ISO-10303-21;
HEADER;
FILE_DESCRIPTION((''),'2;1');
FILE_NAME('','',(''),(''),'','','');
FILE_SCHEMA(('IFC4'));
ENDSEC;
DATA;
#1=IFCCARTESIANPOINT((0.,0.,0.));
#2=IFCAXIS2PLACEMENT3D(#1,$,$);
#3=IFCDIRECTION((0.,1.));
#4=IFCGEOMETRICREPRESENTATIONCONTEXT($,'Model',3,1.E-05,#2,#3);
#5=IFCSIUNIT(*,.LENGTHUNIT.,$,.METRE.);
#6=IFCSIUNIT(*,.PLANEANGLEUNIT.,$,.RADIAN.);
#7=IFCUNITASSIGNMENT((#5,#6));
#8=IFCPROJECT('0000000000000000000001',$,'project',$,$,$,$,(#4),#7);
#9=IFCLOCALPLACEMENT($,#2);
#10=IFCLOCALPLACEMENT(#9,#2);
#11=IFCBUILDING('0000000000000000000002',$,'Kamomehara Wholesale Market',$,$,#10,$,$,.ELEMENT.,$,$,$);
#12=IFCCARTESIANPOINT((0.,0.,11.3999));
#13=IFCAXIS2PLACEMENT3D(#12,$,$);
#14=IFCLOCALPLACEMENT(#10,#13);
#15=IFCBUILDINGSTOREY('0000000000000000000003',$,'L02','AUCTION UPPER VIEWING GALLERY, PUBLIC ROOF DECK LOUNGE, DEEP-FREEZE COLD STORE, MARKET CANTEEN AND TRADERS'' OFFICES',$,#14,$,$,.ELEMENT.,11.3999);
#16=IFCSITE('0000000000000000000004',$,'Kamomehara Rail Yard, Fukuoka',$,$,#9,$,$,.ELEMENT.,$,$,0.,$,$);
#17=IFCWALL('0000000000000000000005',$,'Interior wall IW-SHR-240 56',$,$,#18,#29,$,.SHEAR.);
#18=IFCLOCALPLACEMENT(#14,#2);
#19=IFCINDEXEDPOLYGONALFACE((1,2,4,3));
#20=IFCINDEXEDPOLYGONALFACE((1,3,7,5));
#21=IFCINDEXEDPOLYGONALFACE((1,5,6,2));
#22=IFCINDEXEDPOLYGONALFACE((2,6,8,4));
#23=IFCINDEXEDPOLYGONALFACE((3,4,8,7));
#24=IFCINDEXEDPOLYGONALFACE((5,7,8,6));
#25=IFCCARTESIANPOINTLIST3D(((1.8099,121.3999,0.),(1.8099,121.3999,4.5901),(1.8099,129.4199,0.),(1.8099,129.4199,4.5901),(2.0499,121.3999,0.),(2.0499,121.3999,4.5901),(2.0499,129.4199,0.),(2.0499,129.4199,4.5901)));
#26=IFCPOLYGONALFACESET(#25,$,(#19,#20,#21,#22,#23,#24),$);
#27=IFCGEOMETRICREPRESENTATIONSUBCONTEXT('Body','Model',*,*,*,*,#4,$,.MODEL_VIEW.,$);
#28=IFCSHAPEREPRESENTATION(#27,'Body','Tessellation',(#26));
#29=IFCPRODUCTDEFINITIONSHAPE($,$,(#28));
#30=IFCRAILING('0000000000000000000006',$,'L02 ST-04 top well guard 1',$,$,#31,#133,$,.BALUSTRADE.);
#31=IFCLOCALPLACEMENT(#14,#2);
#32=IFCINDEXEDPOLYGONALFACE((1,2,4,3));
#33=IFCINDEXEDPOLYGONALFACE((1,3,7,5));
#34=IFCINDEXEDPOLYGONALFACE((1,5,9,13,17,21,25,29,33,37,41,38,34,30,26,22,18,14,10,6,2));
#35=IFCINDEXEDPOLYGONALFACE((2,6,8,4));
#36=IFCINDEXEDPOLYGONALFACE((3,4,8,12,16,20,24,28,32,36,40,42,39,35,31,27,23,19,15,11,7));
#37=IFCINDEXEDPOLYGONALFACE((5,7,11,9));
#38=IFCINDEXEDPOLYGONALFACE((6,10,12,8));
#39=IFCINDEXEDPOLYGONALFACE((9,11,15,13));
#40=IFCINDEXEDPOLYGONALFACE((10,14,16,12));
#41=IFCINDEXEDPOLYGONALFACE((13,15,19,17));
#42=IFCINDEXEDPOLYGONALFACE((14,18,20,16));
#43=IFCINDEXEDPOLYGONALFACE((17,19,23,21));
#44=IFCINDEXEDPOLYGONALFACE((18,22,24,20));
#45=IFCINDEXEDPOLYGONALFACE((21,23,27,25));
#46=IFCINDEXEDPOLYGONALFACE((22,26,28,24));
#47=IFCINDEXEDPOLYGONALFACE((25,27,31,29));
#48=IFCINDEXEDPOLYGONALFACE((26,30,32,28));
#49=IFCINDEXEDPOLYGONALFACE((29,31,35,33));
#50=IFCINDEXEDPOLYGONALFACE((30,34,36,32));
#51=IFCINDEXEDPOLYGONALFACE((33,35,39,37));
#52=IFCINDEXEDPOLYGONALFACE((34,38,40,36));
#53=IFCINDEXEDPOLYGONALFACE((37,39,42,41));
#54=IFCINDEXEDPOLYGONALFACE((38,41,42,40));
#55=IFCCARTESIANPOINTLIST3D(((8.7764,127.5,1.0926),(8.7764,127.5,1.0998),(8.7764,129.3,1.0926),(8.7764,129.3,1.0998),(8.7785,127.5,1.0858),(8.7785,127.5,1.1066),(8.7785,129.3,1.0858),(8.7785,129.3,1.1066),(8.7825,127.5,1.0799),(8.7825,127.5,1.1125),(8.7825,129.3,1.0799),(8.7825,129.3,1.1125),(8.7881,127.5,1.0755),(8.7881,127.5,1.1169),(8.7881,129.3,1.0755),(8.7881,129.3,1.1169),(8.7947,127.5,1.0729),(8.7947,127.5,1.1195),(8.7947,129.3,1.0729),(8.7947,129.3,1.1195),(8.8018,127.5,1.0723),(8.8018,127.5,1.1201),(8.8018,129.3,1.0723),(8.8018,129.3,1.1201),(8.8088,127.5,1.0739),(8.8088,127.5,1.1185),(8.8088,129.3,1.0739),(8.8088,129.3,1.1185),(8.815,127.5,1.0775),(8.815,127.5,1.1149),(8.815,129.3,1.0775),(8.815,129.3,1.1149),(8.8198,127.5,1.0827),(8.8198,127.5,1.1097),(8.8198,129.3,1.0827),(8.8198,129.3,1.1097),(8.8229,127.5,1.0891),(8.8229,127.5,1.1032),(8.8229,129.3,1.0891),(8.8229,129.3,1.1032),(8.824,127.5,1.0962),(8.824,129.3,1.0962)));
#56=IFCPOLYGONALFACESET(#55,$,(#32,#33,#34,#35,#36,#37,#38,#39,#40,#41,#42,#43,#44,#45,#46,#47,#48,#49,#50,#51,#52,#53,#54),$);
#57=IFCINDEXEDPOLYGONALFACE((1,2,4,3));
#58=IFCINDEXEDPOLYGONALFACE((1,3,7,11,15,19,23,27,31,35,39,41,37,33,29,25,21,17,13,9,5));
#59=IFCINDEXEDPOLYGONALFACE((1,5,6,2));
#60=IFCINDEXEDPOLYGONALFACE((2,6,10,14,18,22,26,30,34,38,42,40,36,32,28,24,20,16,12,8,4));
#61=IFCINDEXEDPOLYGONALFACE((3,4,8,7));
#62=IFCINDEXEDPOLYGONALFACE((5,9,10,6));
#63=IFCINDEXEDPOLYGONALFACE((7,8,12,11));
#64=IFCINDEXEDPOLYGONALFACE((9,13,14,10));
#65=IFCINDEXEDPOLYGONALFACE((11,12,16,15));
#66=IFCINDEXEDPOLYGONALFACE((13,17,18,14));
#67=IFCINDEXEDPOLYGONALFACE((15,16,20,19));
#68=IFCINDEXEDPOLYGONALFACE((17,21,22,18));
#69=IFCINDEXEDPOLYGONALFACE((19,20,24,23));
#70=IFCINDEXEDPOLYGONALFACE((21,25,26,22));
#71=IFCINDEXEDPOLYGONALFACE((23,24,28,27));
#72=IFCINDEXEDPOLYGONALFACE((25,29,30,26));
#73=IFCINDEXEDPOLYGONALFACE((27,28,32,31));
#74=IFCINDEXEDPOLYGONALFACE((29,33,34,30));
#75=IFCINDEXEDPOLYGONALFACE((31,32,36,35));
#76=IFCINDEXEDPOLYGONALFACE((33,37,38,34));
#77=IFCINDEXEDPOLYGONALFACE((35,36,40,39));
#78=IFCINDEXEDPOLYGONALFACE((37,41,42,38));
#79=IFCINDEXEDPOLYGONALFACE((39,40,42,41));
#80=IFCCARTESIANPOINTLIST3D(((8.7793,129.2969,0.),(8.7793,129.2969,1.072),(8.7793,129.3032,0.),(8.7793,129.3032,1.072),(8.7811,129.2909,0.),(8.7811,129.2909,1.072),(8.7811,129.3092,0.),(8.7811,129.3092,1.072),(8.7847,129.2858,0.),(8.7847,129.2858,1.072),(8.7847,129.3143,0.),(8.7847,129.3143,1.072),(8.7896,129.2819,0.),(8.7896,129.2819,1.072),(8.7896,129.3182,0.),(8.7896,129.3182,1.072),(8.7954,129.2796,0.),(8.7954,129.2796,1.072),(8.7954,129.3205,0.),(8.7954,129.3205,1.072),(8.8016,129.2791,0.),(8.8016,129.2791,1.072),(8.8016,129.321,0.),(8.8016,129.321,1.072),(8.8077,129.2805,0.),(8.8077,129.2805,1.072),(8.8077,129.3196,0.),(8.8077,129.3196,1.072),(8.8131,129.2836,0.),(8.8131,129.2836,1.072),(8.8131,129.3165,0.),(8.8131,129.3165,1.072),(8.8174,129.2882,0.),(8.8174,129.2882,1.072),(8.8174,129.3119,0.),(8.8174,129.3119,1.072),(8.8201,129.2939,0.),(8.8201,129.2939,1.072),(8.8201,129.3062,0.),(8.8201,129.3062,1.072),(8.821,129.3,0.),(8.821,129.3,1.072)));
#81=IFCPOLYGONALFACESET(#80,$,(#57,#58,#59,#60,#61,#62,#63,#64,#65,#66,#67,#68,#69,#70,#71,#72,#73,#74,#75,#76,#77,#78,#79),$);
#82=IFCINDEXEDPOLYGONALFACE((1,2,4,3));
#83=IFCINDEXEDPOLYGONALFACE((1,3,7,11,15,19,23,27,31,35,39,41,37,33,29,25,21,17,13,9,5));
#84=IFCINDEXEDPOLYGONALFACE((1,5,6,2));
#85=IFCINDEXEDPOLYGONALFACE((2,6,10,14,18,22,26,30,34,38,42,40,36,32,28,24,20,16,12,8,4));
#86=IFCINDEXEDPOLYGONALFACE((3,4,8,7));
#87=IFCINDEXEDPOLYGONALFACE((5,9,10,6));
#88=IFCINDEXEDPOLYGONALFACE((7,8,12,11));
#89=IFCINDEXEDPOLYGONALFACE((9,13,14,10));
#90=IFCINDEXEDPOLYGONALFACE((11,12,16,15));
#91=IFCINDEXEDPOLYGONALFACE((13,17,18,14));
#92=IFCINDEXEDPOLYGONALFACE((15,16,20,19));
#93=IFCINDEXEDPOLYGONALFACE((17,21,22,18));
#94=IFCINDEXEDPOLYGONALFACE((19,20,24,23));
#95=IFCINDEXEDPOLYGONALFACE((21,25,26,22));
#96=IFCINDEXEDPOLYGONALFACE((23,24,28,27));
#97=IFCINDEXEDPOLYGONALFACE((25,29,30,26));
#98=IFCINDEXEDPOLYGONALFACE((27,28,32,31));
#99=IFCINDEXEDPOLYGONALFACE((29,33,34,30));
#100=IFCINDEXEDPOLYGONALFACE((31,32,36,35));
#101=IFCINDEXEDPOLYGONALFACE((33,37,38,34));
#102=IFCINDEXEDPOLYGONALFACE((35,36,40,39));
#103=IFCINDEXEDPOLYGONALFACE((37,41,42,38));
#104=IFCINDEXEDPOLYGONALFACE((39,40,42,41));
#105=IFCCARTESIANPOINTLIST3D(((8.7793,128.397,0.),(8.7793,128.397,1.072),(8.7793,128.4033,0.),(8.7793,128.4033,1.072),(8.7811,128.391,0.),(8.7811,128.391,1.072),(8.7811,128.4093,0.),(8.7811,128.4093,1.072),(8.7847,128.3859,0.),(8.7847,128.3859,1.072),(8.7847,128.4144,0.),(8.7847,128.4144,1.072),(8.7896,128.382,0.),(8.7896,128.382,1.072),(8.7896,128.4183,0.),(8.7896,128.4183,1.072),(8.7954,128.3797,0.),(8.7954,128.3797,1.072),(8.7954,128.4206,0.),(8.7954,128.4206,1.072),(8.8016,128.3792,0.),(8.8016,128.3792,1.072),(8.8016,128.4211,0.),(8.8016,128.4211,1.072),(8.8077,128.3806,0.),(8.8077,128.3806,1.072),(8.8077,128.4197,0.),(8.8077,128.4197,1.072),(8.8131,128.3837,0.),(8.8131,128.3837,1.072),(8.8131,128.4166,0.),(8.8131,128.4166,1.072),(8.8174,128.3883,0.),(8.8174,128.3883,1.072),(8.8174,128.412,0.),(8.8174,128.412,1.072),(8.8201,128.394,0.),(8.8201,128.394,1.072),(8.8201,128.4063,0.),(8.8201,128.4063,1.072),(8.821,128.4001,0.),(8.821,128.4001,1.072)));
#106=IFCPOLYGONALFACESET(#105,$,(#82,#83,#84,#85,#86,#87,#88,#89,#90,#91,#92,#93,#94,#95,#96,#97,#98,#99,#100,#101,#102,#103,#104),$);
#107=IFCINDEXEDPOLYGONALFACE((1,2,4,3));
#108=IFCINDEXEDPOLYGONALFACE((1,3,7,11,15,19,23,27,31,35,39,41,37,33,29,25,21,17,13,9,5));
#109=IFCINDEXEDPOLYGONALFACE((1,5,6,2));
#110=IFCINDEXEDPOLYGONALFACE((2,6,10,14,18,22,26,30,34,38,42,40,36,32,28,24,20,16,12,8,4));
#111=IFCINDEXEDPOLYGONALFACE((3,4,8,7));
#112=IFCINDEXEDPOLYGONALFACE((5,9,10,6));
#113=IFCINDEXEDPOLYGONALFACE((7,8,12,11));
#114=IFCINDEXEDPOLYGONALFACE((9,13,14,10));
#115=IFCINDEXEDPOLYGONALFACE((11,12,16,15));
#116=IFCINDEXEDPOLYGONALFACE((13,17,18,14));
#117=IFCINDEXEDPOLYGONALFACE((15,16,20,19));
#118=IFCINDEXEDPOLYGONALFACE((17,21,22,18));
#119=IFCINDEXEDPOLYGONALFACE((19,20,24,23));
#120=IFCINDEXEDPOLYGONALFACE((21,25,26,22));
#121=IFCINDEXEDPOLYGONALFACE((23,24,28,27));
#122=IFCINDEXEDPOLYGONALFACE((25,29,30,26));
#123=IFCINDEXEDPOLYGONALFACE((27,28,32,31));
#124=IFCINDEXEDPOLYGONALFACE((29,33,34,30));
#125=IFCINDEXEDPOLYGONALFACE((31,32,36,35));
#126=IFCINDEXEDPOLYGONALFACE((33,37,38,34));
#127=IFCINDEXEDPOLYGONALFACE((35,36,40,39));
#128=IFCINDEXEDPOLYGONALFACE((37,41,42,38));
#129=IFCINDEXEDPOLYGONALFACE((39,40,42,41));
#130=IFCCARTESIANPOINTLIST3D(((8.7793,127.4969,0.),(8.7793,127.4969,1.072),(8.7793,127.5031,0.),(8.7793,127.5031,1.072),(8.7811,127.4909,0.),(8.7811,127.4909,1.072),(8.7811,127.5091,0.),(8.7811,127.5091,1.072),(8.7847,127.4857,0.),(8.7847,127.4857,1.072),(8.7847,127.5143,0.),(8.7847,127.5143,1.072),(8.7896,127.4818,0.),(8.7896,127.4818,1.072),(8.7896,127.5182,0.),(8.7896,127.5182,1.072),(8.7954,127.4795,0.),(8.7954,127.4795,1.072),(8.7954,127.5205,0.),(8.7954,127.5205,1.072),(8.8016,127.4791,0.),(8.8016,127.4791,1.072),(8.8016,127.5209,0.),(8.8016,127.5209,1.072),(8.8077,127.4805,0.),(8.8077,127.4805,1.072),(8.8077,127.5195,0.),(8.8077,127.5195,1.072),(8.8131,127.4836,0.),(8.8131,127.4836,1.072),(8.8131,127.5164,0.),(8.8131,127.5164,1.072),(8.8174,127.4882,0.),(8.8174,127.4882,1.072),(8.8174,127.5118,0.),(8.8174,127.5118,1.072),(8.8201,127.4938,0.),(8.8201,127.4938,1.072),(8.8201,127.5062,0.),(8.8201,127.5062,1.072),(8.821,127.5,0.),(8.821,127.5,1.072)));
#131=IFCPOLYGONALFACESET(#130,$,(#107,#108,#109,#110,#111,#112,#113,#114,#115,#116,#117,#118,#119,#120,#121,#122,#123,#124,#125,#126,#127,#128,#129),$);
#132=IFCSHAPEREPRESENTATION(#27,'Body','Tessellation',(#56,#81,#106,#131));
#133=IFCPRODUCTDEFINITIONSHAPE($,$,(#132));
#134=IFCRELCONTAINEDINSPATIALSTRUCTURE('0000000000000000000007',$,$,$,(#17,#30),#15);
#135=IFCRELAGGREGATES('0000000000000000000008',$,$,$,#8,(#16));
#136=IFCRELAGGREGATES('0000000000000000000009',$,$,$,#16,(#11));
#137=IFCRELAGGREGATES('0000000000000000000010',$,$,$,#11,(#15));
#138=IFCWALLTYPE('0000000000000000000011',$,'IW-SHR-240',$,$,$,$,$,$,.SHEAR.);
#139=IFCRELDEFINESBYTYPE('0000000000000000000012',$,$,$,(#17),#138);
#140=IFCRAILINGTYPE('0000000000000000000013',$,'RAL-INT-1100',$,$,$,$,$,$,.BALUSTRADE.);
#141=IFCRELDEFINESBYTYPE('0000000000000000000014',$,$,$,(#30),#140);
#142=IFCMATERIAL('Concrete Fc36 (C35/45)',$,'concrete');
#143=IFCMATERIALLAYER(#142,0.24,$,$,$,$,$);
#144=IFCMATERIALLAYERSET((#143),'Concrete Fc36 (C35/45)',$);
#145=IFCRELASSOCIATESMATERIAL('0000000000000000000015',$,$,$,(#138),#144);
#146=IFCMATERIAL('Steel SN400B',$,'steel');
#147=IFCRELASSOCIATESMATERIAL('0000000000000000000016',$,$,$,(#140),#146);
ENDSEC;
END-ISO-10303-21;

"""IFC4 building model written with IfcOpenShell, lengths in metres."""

from ifc_helpers import new_model, si_unit, direction, frame, frame_2d, origin, origin_2d, place, context, subcontext, project, spatial, rectangle, circle, extrude, material, layer, layer_set, type_object, element, save


model = new_model("IFC4")

# Units and contexts
model_context = context("Model", 3, precision=1e-05, world=origin(), true_north=direction((0.0, 1.0)))
body_context = subcontext(model_context, "Body", "Model", "MODEL_VIEW")
ifc_project = project(units=[si_unit("LENGTHUNIT", "METRE"), si_unit("PLANEANGLEUNIT", "RADIAN")], contexts=[model_context])

# Site, building, storey
site_placement = place(None, origin())
site = spatial("IfcSite", under=ifc_project, at=site_placement, Name="Kamomehara Rail Yard, Fukuoka", CompositionType="ELEMENT", RefElevation=0.0)
building_placement = place(site_placement, origin())
building = spatial("IfcBuilding", under=site, at=building_placement, Name="Kamomehara Wholesale Market", CompositionType="ELEMENT")
storey_placement = place(building_placement, frame((0.0, 0.0, 11.3999)))
storey = spatial("IfcBuildingStorey", under=building, at=storey_placement, Name="L02", Description="AUCTION UPPER VIEWING GALLERY, PUBLIC ROOF DECK LOUNGE, DEEP-FREEZE COLD STORE, MARKET CANTEEN AND TRADERS' OFFICES", CompositionType="ELEMENT", Elevation=11.3999)

# Wall
ifc_material_1 = material(Name="Concrete Fc36 (C35/45)", Category="concrete")
ifc_layer_1 = layer(ifc_material_1, 0.24)
ifc_layer_set_1 = layer_set([ifc_layer_1], Name="Concrete Fc36 (C35/45)")
wall_type_1 = type_object("IfcWallType", Name="IW-SHR-240", PredefinedType="SHEAR", material=ifc_layer_set_1)
wall_1_placement = place(storey_placement, frame((1.9299, 129.4199, 0.0), z_axis=(0.0, 0.0, 1.0), x_axis=(0.0, -1.0, 0.0)))
element("IfcWall", 1, at=wall_1_placement, inside=storey, type_object=wall_type_1, Name="Interior wall IW-SHR-240 56", PredefinedType="SHEAR", context=body_context, shape_type="SweptSolid", body=[
    extrude(rectangle(XDim=8.02, YDim=0.24, at=frame_2d((4.01, 0.0))), origin(), (0.0, 0.0, 1.0), 4.5901),
])

# Railing
ifc_material_2 = material(Name="Steel SN400B", Category="steel")
railing_type = type_object("IfcRailingType", Name="RAL-INT-1100", PredefinedType="BALUSTRADE", material=ifc_material_2)
railing_1_placement = place(storey_placement, frame((8.8, 129.3, 0.0)))
element("IfcRailing", 2, at=railing_1_placement, inside=storey, type_object=railing_type, Name="L02 ST-04 top well guard 1", PredefinedType="BALUSTRADE", context=body_context, shape_type="SweptSolid", body=[
    extrude(circle(Radius=0.0239, at=origin_2d()), frame((0.0, 0.0, 1.0962), z_axis=(0.0, -1.0, 0.0), x_axis=(1.0, 0.0, 0.0)), (0.0, 0.0, 1.0), 1.8),
    extrude(circle(Radius=0.021, at=origin_2d()), origin(), (0.0, 0.0, 1.0), 1.072),
    extrude(circle(Radius=0.021, at=origin_2d()), frame((0.0, -0.8999, 0.0)), (0.0, 0.0, 1.0), 1.072),
    extrude(circle(Radius=0.021, at=origin_2d()), frame((0.0, -1.8, 0.0)), (0.0, 0.0, 1.0), 1.072),
])

save(model, "model.ifc")
